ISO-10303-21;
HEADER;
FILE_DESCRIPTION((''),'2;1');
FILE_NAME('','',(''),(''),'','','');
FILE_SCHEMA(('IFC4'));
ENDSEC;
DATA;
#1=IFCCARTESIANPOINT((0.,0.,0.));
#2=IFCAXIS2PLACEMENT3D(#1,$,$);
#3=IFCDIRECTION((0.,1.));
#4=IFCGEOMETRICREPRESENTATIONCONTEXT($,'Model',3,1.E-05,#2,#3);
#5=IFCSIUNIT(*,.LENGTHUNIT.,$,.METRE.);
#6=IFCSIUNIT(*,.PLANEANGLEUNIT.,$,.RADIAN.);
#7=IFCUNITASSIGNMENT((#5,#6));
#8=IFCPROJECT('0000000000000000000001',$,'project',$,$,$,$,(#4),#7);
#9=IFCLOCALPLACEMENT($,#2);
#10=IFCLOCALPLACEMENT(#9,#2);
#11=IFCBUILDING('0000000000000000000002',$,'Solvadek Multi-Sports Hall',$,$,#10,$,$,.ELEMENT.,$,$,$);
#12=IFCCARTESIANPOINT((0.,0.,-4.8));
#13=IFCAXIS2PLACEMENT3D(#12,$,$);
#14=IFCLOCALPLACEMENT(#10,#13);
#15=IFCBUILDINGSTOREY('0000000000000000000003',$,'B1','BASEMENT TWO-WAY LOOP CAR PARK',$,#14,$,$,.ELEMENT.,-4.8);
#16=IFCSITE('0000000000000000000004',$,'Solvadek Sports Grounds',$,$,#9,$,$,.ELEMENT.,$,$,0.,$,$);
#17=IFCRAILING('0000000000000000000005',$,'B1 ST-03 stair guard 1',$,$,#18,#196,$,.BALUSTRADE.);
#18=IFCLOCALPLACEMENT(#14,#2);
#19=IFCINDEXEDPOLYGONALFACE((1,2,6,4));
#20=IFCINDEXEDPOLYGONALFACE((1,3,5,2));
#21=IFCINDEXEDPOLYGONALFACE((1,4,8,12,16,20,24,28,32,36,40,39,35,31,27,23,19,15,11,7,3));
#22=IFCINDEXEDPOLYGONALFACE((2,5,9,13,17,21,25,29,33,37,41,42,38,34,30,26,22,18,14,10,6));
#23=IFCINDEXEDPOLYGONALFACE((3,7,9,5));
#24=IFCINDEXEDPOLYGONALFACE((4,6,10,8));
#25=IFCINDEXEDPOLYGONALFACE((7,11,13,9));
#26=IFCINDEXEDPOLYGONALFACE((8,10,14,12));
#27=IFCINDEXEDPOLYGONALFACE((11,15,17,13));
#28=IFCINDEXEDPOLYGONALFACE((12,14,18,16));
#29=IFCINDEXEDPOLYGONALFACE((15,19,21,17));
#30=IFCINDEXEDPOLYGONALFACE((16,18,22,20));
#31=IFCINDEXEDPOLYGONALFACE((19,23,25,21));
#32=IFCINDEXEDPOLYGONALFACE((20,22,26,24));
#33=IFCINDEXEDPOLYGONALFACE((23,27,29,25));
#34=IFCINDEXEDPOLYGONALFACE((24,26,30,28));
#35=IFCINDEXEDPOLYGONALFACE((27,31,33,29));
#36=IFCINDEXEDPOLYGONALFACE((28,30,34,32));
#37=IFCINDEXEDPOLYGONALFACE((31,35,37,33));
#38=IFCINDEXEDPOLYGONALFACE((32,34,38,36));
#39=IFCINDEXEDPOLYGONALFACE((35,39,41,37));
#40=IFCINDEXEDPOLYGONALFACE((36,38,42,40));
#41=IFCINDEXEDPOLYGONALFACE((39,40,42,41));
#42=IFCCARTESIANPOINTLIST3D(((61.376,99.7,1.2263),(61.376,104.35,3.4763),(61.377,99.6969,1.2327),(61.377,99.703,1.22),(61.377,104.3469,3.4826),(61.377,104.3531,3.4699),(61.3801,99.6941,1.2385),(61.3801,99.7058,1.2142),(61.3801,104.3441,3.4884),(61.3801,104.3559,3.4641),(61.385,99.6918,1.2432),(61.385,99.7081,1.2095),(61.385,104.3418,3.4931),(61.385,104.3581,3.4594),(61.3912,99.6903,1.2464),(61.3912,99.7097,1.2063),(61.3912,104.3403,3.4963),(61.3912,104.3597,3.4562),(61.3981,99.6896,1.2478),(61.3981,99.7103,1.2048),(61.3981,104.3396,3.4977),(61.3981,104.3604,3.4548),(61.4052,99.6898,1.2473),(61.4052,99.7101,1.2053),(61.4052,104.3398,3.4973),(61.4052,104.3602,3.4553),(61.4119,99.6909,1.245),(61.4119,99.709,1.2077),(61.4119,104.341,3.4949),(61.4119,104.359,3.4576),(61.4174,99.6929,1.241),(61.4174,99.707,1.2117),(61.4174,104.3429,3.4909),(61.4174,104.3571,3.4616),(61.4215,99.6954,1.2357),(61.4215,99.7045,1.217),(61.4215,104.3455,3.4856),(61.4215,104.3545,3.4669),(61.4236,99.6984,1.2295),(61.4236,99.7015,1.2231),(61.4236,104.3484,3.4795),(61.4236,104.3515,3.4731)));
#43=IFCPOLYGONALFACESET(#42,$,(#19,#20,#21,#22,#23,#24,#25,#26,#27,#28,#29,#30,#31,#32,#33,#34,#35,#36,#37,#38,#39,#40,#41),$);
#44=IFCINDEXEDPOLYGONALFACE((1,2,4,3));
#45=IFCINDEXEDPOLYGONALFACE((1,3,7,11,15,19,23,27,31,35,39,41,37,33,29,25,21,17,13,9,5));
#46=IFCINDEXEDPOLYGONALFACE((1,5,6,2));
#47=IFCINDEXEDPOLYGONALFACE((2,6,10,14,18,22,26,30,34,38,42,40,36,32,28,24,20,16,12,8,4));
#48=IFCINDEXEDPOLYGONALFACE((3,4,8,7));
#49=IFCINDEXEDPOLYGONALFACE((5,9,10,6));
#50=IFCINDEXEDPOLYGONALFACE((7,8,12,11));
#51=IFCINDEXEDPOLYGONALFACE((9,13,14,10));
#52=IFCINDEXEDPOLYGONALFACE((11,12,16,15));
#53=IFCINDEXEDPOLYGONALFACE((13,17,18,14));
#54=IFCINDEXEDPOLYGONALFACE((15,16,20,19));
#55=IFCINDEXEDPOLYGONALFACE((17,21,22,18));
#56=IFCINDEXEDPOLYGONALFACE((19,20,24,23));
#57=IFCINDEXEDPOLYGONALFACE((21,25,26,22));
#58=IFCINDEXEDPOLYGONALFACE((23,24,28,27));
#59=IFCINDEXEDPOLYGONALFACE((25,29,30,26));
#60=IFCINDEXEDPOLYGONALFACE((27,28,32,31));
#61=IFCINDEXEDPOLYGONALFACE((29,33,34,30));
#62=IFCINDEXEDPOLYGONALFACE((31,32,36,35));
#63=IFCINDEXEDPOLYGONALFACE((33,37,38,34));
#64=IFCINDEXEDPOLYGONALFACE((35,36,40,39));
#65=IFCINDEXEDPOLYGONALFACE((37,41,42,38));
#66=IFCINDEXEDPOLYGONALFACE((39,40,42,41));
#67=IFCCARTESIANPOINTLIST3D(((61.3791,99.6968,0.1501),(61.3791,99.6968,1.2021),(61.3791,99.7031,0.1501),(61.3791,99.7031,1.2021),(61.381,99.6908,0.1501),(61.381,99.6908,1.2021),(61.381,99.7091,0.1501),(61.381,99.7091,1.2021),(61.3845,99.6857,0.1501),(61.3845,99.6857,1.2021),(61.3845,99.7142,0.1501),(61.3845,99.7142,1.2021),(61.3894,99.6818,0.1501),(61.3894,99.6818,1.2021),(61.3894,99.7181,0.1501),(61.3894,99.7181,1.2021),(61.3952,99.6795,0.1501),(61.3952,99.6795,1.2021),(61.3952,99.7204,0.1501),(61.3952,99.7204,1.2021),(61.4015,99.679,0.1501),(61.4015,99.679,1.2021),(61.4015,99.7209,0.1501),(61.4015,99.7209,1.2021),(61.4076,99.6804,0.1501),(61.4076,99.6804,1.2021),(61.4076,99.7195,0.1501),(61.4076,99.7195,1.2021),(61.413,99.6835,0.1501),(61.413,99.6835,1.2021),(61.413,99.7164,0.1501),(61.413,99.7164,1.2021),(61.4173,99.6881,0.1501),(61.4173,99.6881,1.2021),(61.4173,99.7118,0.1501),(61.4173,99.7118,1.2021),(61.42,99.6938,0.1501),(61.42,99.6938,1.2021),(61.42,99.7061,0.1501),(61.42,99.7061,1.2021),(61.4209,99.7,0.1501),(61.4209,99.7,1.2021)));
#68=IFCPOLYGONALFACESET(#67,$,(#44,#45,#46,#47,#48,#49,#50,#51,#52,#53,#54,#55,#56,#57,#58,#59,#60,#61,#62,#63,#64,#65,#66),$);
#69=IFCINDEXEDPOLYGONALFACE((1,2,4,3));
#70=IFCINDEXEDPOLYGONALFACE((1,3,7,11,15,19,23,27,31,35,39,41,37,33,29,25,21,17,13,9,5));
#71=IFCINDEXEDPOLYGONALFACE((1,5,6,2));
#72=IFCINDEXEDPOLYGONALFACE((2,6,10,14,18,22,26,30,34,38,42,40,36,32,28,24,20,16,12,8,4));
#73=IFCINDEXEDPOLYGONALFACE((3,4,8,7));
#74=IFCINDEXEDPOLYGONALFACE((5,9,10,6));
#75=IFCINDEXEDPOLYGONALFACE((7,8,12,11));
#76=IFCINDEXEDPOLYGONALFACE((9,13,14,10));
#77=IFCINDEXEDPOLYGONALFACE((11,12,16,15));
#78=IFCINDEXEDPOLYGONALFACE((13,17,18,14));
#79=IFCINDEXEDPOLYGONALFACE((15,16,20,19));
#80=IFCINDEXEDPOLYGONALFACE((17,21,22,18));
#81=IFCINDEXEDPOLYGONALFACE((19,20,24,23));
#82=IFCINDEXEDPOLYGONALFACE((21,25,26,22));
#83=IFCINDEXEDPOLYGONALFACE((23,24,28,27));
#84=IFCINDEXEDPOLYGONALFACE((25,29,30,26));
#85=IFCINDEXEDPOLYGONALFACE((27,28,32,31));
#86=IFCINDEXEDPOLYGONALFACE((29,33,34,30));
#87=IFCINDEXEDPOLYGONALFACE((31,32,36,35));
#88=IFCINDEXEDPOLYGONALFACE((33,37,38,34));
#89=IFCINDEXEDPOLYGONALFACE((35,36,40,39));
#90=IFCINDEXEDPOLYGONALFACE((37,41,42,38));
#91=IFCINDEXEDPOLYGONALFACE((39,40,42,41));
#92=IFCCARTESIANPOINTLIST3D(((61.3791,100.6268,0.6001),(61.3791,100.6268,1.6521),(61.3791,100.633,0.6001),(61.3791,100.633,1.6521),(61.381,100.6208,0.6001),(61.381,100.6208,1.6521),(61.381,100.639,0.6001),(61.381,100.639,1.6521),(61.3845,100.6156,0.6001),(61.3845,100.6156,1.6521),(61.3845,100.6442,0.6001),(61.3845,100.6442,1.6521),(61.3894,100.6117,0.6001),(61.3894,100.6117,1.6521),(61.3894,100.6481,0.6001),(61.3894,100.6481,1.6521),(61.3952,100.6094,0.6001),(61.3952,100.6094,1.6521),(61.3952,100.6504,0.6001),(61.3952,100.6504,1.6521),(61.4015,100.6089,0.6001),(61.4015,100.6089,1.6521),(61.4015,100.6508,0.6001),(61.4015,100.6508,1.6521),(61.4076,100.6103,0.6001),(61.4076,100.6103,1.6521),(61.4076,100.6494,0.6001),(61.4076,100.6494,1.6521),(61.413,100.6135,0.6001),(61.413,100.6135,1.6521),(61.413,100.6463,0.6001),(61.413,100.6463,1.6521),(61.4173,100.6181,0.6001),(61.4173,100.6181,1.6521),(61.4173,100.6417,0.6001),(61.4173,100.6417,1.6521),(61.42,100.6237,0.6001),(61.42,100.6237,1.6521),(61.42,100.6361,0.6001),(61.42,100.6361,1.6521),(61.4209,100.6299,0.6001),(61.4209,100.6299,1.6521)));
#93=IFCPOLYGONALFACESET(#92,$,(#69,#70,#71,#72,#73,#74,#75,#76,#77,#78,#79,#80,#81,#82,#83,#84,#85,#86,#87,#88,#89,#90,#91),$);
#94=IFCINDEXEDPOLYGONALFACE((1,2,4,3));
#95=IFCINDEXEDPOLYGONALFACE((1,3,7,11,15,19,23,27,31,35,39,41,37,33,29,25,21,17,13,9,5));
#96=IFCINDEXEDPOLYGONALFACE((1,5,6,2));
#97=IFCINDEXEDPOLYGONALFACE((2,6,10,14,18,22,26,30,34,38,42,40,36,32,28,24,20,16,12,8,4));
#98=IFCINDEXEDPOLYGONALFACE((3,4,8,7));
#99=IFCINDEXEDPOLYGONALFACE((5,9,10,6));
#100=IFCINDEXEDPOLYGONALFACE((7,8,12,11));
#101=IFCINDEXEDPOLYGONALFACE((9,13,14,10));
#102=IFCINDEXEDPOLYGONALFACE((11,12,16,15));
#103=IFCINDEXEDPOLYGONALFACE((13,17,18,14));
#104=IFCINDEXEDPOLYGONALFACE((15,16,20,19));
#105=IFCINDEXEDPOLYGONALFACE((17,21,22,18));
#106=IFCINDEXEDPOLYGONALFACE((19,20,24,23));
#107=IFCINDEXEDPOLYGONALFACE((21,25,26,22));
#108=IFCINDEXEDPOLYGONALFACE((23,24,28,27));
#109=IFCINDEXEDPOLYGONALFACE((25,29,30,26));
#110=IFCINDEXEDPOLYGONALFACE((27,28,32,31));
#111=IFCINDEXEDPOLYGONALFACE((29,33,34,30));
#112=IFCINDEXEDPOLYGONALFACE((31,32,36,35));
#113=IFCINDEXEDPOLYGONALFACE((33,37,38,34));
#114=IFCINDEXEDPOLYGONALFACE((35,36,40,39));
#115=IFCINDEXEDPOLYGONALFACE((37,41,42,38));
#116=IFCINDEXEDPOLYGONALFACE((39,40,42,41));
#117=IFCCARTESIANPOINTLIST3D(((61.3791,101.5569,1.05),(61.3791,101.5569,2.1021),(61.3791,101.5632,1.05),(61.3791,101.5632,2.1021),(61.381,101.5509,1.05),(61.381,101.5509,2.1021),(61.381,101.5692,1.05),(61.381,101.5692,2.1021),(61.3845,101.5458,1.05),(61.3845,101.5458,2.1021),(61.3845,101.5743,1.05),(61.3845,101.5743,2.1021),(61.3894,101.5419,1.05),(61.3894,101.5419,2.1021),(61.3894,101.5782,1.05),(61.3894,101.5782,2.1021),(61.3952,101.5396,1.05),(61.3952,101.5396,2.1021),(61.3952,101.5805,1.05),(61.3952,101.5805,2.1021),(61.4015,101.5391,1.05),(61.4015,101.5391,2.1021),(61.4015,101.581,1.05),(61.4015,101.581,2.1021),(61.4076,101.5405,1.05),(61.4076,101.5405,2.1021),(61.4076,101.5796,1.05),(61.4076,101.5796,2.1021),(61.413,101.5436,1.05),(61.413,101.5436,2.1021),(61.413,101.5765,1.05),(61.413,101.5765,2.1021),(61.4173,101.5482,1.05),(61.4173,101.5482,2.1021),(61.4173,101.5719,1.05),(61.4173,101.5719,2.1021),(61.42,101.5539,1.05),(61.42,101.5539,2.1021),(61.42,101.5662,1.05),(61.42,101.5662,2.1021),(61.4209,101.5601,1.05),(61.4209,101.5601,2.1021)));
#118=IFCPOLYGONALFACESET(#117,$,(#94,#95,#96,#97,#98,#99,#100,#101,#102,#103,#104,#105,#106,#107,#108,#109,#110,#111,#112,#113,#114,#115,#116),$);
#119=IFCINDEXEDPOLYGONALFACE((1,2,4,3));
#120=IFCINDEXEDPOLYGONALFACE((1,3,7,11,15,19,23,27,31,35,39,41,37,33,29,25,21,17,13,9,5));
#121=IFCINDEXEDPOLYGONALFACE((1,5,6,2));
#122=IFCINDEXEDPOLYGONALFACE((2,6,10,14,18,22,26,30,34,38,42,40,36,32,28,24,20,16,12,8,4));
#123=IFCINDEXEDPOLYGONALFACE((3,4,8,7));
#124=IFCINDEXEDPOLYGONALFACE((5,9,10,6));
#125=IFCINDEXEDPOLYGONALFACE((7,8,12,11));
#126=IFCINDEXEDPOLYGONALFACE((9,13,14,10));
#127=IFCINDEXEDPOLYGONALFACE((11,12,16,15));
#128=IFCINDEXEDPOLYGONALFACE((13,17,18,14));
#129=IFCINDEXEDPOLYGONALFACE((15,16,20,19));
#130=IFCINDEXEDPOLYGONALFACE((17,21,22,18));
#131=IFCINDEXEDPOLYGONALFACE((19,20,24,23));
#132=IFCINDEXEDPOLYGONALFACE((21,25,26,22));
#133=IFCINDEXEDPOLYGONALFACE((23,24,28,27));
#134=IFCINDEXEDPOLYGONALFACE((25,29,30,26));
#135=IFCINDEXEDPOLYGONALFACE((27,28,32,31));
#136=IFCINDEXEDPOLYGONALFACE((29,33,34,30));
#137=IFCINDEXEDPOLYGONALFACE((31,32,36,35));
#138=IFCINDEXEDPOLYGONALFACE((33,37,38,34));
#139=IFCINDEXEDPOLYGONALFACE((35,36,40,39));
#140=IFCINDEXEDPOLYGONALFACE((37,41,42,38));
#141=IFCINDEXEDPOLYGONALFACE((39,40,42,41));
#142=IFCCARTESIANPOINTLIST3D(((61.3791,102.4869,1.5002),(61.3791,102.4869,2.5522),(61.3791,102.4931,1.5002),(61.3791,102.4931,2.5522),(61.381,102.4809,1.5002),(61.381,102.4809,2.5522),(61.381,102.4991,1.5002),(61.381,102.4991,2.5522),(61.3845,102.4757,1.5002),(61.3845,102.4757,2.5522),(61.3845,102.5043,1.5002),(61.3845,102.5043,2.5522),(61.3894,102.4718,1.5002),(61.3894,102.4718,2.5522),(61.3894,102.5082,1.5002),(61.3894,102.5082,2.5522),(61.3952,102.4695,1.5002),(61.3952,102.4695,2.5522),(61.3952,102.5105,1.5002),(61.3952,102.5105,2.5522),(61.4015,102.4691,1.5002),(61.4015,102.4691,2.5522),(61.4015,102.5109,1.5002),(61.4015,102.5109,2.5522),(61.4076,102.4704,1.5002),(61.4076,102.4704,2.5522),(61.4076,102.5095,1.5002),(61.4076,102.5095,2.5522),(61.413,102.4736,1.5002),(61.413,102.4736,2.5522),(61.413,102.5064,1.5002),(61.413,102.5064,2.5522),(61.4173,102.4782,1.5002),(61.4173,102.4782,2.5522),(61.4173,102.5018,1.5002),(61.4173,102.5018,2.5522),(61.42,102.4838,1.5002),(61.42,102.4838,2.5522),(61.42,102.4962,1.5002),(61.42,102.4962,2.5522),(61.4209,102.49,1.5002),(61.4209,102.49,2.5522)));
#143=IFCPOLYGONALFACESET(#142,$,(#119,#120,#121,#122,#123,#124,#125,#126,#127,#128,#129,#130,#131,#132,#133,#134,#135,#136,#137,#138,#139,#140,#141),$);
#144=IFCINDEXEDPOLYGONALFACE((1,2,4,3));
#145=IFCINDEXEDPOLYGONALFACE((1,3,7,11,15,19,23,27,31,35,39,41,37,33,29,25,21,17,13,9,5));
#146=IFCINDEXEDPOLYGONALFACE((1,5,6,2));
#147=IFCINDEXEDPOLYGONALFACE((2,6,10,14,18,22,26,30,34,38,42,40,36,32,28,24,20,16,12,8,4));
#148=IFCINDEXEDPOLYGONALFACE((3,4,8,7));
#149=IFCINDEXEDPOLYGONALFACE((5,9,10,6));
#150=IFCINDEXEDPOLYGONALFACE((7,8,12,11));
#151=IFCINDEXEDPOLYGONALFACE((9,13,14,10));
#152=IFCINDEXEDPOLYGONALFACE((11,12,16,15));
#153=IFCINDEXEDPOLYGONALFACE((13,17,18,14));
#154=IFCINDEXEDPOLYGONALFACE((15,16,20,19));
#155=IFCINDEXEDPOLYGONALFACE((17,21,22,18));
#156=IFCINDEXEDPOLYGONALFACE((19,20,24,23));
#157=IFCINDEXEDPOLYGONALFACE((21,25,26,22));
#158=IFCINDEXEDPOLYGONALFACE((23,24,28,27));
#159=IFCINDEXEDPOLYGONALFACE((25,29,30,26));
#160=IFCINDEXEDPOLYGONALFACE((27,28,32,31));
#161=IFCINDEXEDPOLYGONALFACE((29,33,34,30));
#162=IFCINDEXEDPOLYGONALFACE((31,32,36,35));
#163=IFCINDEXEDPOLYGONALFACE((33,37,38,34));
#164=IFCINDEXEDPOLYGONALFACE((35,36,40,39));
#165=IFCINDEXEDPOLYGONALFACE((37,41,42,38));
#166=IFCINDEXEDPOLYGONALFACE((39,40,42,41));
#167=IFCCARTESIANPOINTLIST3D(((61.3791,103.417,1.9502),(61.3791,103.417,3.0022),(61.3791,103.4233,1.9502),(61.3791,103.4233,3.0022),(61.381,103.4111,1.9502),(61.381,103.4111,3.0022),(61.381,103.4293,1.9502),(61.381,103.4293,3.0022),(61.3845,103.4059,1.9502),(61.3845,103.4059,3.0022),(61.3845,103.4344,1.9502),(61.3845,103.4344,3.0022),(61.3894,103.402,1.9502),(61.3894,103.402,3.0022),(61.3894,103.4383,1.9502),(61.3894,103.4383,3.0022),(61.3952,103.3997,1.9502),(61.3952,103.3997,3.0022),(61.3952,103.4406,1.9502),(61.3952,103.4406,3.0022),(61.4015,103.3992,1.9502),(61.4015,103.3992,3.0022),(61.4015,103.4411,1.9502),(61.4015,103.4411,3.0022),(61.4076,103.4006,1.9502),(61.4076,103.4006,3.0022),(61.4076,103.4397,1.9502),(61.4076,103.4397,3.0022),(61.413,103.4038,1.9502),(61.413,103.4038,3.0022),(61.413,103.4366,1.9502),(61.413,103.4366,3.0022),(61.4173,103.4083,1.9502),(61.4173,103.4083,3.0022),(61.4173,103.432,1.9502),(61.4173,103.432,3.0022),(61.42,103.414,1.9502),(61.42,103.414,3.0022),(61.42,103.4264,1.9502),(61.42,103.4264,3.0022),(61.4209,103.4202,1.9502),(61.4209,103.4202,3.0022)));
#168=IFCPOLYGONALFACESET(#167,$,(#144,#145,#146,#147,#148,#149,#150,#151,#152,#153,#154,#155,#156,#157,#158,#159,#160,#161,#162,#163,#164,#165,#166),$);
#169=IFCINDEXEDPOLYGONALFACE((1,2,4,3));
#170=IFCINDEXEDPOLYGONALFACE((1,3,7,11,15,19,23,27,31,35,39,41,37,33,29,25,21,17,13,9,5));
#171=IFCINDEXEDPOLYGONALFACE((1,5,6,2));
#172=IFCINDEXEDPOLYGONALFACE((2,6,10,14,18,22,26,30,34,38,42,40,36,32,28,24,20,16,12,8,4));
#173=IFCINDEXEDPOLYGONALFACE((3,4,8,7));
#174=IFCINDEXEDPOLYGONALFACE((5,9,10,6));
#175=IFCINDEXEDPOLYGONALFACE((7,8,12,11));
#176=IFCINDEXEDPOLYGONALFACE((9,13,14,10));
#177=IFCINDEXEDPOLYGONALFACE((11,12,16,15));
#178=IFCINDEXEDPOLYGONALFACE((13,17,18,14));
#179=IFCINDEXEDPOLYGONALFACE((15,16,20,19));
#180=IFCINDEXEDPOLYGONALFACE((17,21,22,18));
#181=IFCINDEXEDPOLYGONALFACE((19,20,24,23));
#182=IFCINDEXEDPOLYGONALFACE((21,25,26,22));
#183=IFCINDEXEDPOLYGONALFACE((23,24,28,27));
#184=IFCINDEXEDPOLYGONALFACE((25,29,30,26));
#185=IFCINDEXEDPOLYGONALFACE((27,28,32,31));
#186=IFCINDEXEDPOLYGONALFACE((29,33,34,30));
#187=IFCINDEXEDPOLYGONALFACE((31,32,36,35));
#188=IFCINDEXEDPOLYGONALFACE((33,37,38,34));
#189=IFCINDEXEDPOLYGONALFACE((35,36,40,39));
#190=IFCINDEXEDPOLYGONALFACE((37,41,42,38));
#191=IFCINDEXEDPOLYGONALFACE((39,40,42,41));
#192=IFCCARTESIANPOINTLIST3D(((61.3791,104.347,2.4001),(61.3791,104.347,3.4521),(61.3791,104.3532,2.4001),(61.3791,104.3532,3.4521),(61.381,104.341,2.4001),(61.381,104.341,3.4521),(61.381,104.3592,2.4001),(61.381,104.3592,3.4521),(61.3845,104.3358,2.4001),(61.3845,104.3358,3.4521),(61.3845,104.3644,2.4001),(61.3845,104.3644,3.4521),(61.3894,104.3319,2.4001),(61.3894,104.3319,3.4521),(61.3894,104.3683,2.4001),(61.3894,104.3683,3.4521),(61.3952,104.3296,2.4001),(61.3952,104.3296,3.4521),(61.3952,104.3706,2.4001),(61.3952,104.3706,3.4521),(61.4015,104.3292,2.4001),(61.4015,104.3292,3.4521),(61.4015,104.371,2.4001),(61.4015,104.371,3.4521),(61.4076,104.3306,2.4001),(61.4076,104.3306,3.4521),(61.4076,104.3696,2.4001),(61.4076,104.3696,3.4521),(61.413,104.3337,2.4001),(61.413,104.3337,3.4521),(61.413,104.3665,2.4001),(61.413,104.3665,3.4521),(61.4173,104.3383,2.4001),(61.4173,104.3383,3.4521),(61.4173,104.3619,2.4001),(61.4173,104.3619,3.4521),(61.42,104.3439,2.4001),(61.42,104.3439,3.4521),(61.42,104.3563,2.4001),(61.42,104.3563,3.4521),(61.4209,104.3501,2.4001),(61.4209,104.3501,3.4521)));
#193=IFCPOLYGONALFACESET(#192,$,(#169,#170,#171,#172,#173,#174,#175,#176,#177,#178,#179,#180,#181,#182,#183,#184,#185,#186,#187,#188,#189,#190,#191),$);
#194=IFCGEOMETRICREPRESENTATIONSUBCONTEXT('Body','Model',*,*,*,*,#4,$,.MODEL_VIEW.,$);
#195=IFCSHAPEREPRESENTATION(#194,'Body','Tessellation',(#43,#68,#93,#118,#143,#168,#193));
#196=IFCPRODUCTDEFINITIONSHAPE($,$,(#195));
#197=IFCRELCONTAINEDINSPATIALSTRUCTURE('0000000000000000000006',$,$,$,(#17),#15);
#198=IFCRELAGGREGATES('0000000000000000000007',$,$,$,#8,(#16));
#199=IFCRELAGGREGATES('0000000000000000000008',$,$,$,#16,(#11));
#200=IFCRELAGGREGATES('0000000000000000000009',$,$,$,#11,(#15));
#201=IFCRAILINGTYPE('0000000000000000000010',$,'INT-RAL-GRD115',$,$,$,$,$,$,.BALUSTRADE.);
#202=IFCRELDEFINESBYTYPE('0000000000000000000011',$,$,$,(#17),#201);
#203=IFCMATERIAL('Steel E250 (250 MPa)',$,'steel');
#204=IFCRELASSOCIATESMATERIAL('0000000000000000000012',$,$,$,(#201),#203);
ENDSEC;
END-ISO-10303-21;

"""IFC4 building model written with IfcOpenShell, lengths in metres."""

from ifc_helpers import new_model, si_unit, direction, frame, origin, origin_2d, place, context, subcontext, project, spatial, circle, extrude, material, type_object, element, save


model = new_model("IFC4")

# Units and contexts
model_context = context("Model", 3, precision=1e-05, world=origin(), true_north=direction((0.0, 1.0)))
body_context = subcontext(model_context, "Body", "Model", "MODEL_VIEW")
ifc_project = project(units=[si_unit("LENGTHUNIT", "METRE"), si_unit("PLANEANGLEUNIT", "RADIAN")], contexts=[model_context])

# Site, building, storey
site_placement = place(None, origin())
site = spatial("IfcSite", under=ifc_project, at=site_placement, Name="Solvadek Sports Grounds", CompositionType="ELEMENT", RefElevation=0.0)
building_placement = place(site_placement, origin())
building = spatial("IfcBuilding", under=site, at=building_placement, Name="Solvadek Multi-Sports Hall", CompositionType="ELEMENT")
storey_placement = place(building_placement, frame((0.0, 0.0, -4.8)))
storey = spatial("IfcBuildingStorey", under=building, at=storey_placement, Name="B1", Description="BASEMENT TWO-WAY LOOP CAR PARK", CompositionType="ELEMENT", Elevation=-4.8)

# Shared definitions
ifc_material_1 = material(Name="Steel E250 (250 MPa)", Category="steel")

# Railing
railing_type_1 = type_object("IfcRailingType", Name="INT-RAL-GRD115", PredefinedType="BALUSTRADE", material=ifc_material_1)
railing_1_placement = place(storey_placement, frame((61.3999, 99.7, 0.1501)))
element("IfcRailing", 1, at=railing_1_placement, inside=storey, type_object=railing_type_1, Name="B1 ST-03 stair guard 1", PredefinedType="BALUSTRADE", context=body_context, shape_type="SweptSolid", body=[
    extrude(circle(Radius=0.0239, at=origin_2d()), frame((0.0, 0.0, 1.0762), z_axis=(0.0, 0.900165, 0.43555), x_axis=(-1.0, 0.0, 0.0)), (0.0, 0.0, 1.0), 5.1658),
    extrude(circle(Radius=0.021, at=origin_2d()), origin(), (0.0, 0.0, 1.0), 1.052),
    extrude(circle(Radius=0.021, at=origin_2d()), frame((0.0, 0.9299, 0.45)), (0.0, 0.0, 1.0), 1.052),
    extrude(circle(Radius=0.021, at=origin_2d()), frame((0.0, 1.8601, 0.8999)), (0.0, 0.0, 1.0), 1.052),
    extrude(circle(Radius=0.021, at=origin_2d()), frame((0.0, 2.79, 1.3501)), (0.0, 0.0, 1.0), 1.052),
    extrude(circle(Radius=0.021, at=origin_2d()), frame((0.0, 3.7202, 1.8)), (0.0, 0.0, 1.0), 1.052),
    extrude(circle(Radius=0.021, at=origin_2d()), frame((0.0, 4.6501, 2.25)), (0.0, 0.0, 1.0), 1.052),
])

save(model, "model.ifc")
